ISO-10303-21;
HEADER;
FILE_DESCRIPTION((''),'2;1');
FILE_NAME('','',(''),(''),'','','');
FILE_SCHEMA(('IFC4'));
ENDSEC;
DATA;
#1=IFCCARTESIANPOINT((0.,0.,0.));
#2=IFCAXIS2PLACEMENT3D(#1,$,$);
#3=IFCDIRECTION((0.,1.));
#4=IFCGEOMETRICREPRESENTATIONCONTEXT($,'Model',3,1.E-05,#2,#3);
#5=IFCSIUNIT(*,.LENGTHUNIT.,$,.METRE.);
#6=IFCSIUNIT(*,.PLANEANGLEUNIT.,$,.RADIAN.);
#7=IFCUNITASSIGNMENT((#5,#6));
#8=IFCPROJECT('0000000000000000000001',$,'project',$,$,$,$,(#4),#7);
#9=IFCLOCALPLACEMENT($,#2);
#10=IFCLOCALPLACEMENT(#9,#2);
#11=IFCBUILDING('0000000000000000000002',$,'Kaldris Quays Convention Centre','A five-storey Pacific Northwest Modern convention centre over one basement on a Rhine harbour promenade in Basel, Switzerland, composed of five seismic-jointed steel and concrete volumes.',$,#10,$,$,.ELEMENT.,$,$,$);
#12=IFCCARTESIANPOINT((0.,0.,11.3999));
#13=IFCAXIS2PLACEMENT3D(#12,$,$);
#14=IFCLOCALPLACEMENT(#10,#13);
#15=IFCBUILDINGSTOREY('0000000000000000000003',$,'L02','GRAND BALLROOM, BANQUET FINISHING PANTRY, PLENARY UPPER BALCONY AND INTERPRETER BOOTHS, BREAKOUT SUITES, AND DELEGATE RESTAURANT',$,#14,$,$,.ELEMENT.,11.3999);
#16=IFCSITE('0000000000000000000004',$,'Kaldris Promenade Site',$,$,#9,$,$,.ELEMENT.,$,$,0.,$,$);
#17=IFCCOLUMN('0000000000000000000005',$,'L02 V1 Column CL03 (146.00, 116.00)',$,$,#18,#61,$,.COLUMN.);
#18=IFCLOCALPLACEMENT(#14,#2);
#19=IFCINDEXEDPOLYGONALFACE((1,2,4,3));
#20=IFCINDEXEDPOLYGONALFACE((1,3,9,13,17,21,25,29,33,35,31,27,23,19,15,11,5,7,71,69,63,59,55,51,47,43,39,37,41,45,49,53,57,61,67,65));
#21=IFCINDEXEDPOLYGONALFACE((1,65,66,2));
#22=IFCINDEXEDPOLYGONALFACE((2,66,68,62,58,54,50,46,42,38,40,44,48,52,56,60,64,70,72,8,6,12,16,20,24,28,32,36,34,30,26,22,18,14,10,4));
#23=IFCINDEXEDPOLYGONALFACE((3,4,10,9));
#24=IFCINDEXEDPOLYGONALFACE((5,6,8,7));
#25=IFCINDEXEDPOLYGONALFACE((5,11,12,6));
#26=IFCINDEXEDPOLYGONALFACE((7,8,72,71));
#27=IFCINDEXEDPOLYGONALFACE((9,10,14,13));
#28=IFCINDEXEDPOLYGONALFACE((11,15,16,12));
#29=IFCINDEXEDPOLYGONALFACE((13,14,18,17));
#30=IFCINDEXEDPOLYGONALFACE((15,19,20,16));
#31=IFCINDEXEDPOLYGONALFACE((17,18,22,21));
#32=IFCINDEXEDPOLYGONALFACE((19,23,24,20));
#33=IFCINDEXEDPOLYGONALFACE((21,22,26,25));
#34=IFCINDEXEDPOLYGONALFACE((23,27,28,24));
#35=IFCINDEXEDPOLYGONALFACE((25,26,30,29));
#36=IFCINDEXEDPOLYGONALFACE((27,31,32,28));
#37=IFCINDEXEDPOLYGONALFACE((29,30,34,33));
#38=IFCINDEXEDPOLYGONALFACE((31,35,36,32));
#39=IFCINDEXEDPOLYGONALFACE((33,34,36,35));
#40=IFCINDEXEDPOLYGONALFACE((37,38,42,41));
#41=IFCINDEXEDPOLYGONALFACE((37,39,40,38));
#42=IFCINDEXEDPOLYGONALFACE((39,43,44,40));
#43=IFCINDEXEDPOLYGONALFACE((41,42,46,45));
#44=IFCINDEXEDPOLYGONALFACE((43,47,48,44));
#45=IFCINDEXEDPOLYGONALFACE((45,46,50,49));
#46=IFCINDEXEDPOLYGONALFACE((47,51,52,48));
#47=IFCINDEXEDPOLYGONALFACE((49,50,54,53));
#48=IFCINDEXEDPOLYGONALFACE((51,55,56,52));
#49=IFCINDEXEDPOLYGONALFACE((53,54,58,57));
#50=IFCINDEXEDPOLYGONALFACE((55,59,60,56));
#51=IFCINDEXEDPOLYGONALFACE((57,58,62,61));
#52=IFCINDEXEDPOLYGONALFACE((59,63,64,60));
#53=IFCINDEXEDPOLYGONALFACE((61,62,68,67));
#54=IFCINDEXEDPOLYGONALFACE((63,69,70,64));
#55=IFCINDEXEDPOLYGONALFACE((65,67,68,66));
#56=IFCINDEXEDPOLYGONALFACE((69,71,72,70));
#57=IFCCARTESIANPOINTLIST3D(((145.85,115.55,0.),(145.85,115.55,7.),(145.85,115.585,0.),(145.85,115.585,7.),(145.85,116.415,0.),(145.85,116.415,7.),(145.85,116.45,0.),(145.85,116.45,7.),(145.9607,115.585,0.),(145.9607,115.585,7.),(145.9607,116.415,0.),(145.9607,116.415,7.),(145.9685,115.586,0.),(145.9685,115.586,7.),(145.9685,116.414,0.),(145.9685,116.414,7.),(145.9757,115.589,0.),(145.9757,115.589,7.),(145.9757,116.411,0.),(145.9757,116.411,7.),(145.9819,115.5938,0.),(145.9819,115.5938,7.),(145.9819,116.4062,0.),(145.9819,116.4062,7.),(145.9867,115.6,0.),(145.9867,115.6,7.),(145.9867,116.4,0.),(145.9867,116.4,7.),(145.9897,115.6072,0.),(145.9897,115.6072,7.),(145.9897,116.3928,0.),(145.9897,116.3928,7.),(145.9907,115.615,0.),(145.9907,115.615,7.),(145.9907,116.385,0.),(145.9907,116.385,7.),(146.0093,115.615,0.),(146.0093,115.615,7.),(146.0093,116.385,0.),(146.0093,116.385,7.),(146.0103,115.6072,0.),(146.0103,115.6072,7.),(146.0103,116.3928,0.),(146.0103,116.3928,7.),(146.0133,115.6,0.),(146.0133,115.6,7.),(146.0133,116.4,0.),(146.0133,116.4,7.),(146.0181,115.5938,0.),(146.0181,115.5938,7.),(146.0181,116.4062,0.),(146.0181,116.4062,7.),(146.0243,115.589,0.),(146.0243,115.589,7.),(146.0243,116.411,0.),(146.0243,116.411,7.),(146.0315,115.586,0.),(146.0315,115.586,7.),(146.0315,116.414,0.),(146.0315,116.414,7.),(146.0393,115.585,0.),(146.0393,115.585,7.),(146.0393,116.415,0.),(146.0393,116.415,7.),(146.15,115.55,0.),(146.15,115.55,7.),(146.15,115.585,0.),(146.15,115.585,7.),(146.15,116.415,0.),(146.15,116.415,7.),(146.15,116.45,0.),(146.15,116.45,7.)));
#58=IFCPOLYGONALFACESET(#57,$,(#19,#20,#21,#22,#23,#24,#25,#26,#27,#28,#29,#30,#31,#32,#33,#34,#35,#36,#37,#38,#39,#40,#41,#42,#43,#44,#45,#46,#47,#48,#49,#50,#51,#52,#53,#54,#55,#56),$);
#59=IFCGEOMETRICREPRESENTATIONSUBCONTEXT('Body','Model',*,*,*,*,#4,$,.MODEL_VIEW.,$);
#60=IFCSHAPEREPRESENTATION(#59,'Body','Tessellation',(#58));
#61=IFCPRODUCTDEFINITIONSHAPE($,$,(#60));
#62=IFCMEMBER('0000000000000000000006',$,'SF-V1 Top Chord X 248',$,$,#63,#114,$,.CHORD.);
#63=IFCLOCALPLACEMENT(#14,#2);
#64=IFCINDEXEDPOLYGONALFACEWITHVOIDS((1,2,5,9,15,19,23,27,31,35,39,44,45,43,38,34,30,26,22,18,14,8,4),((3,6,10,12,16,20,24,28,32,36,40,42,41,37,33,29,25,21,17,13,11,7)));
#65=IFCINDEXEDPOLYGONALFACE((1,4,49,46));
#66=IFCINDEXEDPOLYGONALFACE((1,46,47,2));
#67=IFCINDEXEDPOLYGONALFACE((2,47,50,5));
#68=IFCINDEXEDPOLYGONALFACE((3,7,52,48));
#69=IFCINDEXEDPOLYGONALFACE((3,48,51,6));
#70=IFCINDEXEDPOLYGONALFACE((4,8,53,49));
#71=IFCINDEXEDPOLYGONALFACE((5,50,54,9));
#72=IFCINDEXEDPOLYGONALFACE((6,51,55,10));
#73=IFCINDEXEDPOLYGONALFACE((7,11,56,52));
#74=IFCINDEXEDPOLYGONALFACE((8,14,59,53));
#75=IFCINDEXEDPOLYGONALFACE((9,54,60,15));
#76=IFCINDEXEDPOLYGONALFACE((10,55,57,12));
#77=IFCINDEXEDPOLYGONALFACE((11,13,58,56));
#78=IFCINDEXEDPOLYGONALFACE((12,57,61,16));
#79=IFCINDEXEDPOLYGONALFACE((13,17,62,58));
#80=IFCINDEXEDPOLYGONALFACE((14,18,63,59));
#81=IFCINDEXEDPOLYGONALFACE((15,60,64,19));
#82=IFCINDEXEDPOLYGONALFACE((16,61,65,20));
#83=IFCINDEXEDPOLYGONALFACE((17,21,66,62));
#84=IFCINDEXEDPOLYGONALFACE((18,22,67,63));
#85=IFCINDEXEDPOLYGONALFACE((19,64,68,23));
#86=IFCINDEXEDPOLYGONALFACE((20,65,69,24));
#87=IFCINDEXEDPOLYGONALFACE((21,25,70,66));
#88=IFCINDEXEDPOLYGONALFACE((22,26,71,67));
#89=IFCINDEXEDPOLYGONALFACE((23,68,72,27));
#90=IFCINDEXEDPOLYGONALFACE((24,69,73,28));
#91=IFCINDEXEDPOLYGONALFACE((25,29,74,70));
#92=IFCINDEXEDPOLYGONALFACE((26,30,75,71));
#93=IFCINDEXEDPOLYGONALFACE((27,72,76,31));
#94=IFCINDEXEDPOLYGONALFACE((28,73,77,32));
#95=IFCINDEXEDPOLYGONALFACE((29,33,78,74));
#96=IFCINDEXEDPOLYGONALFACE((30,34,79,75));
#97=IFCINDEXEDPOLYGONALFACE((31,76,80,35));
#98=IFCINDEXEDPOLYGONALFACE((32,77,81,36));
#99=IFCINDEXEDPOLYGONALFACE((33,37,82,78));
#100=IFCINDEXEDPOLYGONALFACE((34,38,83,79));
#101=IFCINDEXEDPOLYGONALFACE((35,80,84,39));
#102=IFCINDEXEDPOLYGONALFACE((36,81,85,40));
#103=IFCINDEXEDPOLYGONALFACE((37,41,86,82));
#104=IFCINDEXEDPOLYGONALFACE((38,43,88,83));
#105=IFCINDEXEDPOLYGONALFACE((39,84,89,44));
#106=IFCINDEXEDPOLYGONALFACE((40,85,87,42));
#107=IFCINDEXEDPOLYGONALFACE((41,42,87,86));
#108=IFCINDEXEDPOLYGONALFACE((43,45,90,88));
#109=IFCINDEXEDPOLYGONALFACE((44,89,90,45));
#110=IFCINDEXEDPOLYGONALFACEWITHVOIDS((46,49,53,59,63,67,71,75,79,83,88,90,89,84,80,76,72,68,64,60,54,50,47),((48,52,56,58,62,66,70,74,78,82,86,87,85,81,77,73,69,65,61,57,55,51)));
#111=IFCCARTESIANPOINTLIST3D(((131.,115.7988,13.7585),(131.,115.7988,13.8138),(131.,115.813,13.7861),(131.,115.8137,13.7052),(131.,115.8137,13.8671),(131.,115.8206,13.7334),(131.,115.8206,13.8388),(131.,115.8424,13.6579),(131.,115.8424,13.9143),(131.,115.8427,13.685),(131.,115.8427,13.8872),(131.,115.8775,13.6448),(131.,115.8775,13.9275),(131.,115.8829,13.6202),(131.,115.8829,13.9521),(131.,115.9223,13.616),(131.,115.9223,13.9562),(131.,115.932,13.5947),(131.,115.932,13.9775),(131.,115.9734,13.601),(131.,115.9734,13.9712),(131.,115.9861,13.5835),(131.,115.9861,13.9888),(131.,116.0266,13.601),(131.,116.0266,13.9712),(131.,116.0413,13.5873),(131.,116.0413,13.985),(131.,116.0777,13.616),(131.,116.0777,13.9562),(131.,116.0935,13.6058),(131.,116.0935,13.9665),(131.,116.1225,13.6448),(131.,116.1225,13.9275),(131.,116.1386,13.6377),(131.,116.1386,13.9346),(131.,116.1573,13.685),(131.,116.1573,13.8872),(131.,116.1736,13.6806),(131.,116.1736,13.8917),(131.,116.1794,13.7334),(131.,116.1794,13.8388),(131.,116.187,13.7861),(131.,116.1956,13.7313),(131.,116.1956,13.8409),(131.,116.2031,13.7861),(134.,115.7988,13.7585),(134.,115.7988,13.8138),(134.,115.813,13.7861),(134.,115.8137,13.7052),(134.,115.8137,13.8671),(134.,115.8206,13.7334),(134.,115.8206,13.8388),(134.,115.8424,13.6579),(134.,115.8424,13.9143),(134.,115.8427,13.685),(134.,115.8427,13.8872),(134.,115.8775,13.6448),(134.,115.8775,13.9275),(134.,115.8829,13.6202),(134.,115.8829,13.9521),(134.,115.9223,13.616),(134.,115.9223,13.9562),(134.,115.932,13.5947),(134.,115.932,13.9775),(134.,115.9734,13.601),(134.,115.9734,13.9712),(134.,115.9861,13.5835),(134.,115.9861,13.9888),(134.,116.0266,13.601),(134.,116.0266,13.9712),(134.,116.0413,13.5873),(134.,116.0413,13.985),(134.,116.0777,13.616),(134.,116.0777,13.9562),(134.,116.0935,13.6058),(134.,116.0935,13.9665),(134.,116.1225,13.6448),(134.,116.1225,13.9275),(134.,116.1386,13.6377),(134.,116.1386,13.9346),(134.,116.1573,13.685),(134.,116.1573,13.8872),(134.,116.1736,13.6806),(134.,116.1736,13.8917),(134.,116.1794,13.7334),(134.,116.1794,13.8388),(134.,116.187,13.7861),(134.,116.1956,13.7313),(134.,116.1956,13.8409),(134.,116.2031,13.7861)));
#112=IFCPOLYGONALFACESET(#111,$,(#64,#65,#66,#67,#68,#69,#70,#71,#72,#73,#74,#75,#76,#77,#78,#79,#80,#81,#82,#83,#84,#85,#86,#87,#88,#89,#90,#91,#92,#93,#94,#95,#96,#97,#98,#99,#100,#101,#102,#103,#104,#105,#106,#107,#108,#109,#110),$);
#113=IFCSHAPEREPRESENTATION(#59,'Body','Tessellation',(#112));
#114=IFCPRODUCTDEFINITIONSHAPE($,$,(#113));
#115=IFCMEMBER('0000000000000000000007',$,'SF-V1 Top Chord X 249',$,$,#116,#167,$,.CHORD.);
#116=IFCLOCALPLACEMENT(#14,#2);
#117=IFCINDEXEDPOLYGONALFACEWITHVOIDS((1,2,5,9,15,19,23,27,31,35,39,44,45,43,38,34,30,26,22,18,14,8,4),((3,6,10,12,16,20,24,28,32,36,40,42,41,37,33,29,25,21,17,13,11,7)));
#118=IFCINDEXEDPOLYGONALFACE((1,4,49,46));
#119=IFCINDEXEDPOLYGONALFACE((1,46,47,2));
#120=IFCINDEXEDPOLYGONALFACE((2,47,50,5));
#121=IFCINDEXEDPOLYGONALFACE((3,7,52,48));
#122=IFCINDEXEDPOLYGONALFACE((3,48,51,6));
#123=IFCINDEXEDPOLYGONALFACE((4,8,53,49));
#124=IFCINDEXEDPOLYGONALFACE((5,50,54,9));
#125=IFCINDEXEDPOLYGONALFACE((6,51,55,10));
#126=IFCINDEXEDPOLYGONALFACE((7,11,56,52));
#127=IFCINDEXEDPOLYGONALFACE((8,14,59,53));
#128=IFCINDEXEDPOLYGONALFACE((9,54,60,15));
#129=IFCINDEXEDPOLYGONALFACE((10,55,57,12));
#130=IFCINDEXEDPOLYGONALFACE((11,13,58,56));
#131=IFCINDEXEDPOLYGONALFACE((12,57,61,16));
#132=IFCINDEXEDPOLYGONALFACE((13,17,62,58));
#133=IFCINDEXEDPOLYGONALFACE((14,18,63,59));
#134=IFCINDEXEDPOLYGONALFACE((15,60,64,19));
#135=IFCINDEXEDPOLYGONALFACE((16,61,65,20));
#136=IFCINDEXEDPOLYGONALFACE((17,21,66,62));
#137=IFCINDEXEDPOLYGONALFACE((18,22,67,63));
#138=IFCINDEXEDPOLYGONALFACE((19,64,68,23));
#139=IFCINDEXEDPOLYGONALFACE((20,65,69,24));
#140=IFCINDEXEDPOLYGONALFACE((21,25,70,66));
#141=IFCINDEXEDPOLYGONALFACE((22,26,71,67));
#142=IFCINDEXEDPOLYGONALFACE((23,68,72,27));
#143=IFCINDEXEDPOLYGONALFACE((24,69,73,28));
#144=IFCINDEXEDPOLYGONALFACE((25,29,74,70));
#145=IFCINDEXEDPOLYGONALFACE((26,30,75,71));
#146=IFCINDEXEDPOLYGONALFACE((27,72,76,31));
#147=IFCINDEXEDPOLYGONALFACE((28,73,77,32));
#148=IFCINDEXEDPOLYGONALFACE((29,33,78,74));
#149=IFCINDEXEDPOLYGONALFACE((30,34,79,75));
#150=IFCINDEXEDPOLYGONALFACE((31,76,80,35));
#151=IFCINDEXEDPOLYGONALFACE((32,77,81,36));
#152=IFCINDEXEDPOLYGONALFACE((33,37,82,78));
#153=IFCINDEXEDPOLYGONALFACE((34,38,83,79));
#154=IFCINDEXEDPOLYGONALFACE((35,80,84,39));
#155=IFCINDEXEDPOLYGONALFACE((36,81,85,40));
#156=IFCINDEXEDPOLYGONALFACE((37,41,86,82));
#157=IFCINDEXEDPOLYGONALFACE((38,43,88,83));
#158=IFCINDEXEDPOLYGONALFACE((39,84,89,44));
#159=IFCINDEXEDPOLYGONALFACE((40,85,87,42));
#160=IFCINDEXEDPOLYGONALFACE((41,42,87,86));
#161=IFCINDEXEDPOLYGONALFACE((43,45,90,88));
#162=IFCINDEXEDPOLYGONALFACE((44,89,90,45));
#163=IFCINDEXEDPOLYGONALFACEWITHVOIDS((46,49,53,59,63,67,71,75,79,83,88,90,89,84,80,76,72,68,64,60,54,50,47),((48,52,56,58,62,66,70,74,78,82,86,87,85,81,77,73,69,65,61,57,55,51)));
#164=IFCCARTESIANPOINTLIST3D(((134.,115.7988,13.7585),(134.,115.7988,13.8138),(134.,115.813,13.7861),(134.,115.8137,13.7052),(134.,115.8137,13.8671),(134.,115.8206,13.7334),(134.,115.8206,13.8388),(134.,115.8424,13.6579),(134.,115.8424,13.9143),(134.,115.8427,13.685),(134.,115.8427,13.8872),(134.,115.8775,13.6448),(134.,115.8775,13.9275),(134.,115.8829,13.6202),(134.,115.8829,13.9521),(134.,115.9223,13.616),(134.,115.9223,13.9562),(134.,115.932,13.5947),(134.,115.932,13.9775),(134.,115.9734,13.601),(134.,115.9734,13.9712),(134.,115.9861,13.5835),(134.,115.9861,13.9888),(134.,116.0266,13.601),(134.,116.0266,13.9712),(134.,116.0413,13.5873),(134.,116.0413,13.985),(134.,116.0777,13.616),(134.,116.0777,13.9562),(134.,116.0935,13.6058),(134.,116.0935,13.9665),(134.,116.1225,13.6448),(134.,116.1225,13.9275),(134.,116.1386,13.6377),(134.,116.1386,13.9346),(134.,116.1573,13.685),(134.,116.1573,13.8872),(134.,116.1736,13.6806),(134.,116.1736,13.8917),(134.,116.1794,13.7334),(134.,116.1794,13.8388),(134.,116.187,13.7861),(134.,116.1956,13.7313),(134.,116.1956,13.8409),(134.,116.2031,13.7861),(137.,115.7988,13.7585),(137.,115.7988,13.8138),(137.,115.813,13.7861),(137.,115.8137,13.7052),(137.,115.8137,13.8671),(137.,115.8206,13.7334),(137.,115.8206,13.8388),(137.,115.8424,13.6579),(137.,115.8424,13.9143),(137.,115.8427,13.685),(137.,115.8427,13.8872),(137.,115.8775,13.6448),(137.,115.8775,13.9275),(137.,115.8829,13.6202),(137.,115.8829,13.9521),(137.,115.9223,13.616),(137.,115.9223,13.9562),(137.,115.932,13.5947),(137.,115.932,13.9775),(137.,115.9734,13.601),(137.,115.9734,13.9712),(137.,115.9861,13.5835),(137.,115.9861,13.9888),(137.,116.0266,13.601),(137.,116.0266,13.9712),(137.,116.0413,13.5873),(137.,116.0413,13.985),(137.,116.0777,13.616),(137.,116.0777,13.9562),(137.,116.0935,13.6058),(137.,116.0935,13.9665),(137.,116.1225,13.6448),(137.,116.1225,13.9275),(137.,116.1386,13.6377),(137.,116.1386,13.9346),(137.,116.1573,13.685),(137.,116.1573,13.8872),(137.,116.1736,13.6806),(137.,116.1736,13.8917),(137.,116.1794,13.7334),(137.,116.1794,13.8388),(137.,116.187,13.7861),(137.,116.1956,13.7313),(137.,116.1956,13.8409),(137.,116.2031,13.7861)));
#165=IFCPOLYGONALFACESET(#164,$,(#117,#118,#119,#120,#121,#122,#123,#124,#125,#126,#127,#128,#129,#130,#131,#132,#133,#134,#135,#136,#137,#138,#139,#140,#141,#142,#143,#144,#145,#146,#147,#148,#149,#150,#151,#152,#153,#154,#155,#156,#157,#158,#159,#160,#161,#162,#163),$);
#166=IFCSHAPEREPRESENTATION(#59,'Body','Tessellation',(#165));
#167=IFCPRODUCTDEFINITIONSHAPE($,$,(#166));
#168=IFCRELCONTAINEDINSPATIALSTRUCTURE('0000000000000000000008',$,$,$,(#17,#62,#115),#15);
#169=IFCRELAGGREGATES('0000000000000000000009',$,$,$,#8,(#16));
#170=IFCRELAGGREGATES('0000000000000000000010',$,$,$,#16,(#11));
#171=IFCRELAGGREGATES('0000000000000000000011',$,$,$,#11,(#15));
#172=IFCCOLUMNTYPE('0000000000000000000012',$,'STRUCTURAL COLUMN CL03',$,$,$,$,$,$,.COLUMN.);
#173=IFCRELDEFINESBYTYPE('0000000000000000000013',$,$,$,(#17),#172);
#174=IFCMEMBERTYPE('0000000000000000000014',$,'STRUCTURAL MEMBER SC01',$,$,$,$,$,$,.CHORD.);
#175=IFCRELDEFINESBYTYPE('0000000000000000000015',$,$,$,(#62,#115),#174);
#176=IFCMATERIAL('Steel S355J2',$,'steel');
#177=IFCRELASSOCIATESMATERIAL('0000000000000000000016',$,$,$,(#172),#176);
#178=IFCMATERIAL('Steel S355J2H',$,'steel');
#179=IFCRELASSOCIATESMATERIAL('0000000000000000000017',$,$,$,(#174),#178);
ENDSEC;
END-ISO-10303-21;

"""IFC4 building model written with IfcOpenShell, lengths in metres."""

from ifc_helpers import new_model, si_unit, direction, frame, origin, origin_2d, place, context, subcontext, project, spatial, hollow_circle, i_section, extrude, material, material_profile, profile_set, type_object, element, save


model = new_model("IFC4")

# Units and contexts
model_context = context("Model", 3, precision=1e-05, world=origin(), true_north=direction((0.0, 1.0)))
body_context = subcontext(model_context, "Body", "Model", "MODEL_VIEW")
ifc_project = project(units=[si_unit("LENGTHUNIT", "METRE"), si_unit("PLANEANGLEUNIT", "RADIAN")], contexts=[model_context])

# Site, building, storey
site_placement = place(None, origin())
site = spatial("IfcSite", under=ifc_project, at=site_placement, Name="Kaldris Promenade Site", CompositionType="ELEMENT", RefElevation=0.0)
building_placement = place(site_placement, origin())
building = spatial("IfcBuilding", under=site, at=building_placement, Name="Kaldris Quays Convention Centre", Description="A five-storey Pacific Northwest Modern convention centre over one basement on a Rhine harbour promenade in Basel, Switzerland, composed of five seismic-jointed steel and concrete volumes.", CompositionType="ELEMENT")
storey_placement = place(building_placement, frame((0.0, 0.0, 11.3999)))
storey = spatial("IfcBuildingStorey", under=building, at=storey_placement, Name="L02", Description="GRAND BALLROOM, BANQUET FINISHING PANTRY, PLENARY UPPER BALCONY AND INTERPRETER BOOTHS, BREAKOUT SUITES, AND DELEGATE RESTAURANT", CompositionType="ELEMENT", Elevation=11.3999)

# Column
ifc_material_1 = material(Name="Steel S355J2", Category="steel")
ifc_material_profile_1 = material_profile(ifc_material_1, i_section(OverallWidth=0.3, OverallDepth=0.8999, WebThickness=0.0186, FlangeThickness=0.0349, FilletRadius=0.03, at=origin_2d()), Name="HEB 900")
ifc_profile_set_1 = profile_set([ifc_material_profile_1], Name="Steel S355J2")
column_type = type_object("IfcColumnType", Name="STRUCTURAL COLUMN CL03", PredefinedType="COLUMN", material=ifc_profile_set_1)
column_placement = place(storey_placement, frame((146.0, 116.0, 0.0), z_axis=(0.0, 0.0, 1.0), x_axis=(1.0, 0.0, 0.0)))
element("IfcColumn", 1, at=column_placement, inside=storey, type_object=column_type, Name="L02 V1 Column CL03 (146.00, 116.00)", PredefinedType="COLUMN", context=body_context, shape_type="SweptSolid", body=[
    extrude(i_section(OverallWidth=0.3, OverallDepth=0.8999, WebThickness=0.0186, FlangeThickness=0.0349, FilletRadius=0.03, at=origin_2d()), origin(), (0.0, 0.0, 1.0), 7.0),
])

# Members
ifc_material_2 = material(Name="Steel S355J2H", Category="steel")
ifc_material_profile_2 = material_profile(ifc_material_2, hollow_circle(Radius=0.2031, WallThickness=0.0161, at=origin_2d()), Name="CHS 406.4x16")
ifc_profile_set_2 = profile_set([ifc_material_profile_2], Name="Steel S355J2H")
member_type_1 = type_object("IfcMemberType", Name="STRUCTURAL MEMBER SC01", PredefinedType="CHORD", material=ifc_profile_set_2)
for number, where, z_axis, x_axis, name in (
    (2, (131.0, 116.0, 13.7861), (1.0, 0.0, 0.0), (0.0, 1.0, 0.0), "SF-V1 Top Chord X 248"),
    (3, (134.0, 116.0, 13.7861), (1.0, 0.0, 0.0), (0.0, 1.0, 0.0), "SF-V1 Top Chord X 249"),
):
    element("IfcMember", number, at=place(storey_placement, frame(where, z_axis=z_axis, x_axis=x_axis)), inside=storey, type_object=member_type_1, Name=name, PredefinedType="CHORD", context=body_context, shape_type="SweptSolid", body=[
        extrude(hollow_circle(Radius=0.2031, WallThickness=0.0161, at=origin_2d()), origin(), (0.0, 0.0, 1.0), 3.0),
    ])

save(model, "model.ifc")
